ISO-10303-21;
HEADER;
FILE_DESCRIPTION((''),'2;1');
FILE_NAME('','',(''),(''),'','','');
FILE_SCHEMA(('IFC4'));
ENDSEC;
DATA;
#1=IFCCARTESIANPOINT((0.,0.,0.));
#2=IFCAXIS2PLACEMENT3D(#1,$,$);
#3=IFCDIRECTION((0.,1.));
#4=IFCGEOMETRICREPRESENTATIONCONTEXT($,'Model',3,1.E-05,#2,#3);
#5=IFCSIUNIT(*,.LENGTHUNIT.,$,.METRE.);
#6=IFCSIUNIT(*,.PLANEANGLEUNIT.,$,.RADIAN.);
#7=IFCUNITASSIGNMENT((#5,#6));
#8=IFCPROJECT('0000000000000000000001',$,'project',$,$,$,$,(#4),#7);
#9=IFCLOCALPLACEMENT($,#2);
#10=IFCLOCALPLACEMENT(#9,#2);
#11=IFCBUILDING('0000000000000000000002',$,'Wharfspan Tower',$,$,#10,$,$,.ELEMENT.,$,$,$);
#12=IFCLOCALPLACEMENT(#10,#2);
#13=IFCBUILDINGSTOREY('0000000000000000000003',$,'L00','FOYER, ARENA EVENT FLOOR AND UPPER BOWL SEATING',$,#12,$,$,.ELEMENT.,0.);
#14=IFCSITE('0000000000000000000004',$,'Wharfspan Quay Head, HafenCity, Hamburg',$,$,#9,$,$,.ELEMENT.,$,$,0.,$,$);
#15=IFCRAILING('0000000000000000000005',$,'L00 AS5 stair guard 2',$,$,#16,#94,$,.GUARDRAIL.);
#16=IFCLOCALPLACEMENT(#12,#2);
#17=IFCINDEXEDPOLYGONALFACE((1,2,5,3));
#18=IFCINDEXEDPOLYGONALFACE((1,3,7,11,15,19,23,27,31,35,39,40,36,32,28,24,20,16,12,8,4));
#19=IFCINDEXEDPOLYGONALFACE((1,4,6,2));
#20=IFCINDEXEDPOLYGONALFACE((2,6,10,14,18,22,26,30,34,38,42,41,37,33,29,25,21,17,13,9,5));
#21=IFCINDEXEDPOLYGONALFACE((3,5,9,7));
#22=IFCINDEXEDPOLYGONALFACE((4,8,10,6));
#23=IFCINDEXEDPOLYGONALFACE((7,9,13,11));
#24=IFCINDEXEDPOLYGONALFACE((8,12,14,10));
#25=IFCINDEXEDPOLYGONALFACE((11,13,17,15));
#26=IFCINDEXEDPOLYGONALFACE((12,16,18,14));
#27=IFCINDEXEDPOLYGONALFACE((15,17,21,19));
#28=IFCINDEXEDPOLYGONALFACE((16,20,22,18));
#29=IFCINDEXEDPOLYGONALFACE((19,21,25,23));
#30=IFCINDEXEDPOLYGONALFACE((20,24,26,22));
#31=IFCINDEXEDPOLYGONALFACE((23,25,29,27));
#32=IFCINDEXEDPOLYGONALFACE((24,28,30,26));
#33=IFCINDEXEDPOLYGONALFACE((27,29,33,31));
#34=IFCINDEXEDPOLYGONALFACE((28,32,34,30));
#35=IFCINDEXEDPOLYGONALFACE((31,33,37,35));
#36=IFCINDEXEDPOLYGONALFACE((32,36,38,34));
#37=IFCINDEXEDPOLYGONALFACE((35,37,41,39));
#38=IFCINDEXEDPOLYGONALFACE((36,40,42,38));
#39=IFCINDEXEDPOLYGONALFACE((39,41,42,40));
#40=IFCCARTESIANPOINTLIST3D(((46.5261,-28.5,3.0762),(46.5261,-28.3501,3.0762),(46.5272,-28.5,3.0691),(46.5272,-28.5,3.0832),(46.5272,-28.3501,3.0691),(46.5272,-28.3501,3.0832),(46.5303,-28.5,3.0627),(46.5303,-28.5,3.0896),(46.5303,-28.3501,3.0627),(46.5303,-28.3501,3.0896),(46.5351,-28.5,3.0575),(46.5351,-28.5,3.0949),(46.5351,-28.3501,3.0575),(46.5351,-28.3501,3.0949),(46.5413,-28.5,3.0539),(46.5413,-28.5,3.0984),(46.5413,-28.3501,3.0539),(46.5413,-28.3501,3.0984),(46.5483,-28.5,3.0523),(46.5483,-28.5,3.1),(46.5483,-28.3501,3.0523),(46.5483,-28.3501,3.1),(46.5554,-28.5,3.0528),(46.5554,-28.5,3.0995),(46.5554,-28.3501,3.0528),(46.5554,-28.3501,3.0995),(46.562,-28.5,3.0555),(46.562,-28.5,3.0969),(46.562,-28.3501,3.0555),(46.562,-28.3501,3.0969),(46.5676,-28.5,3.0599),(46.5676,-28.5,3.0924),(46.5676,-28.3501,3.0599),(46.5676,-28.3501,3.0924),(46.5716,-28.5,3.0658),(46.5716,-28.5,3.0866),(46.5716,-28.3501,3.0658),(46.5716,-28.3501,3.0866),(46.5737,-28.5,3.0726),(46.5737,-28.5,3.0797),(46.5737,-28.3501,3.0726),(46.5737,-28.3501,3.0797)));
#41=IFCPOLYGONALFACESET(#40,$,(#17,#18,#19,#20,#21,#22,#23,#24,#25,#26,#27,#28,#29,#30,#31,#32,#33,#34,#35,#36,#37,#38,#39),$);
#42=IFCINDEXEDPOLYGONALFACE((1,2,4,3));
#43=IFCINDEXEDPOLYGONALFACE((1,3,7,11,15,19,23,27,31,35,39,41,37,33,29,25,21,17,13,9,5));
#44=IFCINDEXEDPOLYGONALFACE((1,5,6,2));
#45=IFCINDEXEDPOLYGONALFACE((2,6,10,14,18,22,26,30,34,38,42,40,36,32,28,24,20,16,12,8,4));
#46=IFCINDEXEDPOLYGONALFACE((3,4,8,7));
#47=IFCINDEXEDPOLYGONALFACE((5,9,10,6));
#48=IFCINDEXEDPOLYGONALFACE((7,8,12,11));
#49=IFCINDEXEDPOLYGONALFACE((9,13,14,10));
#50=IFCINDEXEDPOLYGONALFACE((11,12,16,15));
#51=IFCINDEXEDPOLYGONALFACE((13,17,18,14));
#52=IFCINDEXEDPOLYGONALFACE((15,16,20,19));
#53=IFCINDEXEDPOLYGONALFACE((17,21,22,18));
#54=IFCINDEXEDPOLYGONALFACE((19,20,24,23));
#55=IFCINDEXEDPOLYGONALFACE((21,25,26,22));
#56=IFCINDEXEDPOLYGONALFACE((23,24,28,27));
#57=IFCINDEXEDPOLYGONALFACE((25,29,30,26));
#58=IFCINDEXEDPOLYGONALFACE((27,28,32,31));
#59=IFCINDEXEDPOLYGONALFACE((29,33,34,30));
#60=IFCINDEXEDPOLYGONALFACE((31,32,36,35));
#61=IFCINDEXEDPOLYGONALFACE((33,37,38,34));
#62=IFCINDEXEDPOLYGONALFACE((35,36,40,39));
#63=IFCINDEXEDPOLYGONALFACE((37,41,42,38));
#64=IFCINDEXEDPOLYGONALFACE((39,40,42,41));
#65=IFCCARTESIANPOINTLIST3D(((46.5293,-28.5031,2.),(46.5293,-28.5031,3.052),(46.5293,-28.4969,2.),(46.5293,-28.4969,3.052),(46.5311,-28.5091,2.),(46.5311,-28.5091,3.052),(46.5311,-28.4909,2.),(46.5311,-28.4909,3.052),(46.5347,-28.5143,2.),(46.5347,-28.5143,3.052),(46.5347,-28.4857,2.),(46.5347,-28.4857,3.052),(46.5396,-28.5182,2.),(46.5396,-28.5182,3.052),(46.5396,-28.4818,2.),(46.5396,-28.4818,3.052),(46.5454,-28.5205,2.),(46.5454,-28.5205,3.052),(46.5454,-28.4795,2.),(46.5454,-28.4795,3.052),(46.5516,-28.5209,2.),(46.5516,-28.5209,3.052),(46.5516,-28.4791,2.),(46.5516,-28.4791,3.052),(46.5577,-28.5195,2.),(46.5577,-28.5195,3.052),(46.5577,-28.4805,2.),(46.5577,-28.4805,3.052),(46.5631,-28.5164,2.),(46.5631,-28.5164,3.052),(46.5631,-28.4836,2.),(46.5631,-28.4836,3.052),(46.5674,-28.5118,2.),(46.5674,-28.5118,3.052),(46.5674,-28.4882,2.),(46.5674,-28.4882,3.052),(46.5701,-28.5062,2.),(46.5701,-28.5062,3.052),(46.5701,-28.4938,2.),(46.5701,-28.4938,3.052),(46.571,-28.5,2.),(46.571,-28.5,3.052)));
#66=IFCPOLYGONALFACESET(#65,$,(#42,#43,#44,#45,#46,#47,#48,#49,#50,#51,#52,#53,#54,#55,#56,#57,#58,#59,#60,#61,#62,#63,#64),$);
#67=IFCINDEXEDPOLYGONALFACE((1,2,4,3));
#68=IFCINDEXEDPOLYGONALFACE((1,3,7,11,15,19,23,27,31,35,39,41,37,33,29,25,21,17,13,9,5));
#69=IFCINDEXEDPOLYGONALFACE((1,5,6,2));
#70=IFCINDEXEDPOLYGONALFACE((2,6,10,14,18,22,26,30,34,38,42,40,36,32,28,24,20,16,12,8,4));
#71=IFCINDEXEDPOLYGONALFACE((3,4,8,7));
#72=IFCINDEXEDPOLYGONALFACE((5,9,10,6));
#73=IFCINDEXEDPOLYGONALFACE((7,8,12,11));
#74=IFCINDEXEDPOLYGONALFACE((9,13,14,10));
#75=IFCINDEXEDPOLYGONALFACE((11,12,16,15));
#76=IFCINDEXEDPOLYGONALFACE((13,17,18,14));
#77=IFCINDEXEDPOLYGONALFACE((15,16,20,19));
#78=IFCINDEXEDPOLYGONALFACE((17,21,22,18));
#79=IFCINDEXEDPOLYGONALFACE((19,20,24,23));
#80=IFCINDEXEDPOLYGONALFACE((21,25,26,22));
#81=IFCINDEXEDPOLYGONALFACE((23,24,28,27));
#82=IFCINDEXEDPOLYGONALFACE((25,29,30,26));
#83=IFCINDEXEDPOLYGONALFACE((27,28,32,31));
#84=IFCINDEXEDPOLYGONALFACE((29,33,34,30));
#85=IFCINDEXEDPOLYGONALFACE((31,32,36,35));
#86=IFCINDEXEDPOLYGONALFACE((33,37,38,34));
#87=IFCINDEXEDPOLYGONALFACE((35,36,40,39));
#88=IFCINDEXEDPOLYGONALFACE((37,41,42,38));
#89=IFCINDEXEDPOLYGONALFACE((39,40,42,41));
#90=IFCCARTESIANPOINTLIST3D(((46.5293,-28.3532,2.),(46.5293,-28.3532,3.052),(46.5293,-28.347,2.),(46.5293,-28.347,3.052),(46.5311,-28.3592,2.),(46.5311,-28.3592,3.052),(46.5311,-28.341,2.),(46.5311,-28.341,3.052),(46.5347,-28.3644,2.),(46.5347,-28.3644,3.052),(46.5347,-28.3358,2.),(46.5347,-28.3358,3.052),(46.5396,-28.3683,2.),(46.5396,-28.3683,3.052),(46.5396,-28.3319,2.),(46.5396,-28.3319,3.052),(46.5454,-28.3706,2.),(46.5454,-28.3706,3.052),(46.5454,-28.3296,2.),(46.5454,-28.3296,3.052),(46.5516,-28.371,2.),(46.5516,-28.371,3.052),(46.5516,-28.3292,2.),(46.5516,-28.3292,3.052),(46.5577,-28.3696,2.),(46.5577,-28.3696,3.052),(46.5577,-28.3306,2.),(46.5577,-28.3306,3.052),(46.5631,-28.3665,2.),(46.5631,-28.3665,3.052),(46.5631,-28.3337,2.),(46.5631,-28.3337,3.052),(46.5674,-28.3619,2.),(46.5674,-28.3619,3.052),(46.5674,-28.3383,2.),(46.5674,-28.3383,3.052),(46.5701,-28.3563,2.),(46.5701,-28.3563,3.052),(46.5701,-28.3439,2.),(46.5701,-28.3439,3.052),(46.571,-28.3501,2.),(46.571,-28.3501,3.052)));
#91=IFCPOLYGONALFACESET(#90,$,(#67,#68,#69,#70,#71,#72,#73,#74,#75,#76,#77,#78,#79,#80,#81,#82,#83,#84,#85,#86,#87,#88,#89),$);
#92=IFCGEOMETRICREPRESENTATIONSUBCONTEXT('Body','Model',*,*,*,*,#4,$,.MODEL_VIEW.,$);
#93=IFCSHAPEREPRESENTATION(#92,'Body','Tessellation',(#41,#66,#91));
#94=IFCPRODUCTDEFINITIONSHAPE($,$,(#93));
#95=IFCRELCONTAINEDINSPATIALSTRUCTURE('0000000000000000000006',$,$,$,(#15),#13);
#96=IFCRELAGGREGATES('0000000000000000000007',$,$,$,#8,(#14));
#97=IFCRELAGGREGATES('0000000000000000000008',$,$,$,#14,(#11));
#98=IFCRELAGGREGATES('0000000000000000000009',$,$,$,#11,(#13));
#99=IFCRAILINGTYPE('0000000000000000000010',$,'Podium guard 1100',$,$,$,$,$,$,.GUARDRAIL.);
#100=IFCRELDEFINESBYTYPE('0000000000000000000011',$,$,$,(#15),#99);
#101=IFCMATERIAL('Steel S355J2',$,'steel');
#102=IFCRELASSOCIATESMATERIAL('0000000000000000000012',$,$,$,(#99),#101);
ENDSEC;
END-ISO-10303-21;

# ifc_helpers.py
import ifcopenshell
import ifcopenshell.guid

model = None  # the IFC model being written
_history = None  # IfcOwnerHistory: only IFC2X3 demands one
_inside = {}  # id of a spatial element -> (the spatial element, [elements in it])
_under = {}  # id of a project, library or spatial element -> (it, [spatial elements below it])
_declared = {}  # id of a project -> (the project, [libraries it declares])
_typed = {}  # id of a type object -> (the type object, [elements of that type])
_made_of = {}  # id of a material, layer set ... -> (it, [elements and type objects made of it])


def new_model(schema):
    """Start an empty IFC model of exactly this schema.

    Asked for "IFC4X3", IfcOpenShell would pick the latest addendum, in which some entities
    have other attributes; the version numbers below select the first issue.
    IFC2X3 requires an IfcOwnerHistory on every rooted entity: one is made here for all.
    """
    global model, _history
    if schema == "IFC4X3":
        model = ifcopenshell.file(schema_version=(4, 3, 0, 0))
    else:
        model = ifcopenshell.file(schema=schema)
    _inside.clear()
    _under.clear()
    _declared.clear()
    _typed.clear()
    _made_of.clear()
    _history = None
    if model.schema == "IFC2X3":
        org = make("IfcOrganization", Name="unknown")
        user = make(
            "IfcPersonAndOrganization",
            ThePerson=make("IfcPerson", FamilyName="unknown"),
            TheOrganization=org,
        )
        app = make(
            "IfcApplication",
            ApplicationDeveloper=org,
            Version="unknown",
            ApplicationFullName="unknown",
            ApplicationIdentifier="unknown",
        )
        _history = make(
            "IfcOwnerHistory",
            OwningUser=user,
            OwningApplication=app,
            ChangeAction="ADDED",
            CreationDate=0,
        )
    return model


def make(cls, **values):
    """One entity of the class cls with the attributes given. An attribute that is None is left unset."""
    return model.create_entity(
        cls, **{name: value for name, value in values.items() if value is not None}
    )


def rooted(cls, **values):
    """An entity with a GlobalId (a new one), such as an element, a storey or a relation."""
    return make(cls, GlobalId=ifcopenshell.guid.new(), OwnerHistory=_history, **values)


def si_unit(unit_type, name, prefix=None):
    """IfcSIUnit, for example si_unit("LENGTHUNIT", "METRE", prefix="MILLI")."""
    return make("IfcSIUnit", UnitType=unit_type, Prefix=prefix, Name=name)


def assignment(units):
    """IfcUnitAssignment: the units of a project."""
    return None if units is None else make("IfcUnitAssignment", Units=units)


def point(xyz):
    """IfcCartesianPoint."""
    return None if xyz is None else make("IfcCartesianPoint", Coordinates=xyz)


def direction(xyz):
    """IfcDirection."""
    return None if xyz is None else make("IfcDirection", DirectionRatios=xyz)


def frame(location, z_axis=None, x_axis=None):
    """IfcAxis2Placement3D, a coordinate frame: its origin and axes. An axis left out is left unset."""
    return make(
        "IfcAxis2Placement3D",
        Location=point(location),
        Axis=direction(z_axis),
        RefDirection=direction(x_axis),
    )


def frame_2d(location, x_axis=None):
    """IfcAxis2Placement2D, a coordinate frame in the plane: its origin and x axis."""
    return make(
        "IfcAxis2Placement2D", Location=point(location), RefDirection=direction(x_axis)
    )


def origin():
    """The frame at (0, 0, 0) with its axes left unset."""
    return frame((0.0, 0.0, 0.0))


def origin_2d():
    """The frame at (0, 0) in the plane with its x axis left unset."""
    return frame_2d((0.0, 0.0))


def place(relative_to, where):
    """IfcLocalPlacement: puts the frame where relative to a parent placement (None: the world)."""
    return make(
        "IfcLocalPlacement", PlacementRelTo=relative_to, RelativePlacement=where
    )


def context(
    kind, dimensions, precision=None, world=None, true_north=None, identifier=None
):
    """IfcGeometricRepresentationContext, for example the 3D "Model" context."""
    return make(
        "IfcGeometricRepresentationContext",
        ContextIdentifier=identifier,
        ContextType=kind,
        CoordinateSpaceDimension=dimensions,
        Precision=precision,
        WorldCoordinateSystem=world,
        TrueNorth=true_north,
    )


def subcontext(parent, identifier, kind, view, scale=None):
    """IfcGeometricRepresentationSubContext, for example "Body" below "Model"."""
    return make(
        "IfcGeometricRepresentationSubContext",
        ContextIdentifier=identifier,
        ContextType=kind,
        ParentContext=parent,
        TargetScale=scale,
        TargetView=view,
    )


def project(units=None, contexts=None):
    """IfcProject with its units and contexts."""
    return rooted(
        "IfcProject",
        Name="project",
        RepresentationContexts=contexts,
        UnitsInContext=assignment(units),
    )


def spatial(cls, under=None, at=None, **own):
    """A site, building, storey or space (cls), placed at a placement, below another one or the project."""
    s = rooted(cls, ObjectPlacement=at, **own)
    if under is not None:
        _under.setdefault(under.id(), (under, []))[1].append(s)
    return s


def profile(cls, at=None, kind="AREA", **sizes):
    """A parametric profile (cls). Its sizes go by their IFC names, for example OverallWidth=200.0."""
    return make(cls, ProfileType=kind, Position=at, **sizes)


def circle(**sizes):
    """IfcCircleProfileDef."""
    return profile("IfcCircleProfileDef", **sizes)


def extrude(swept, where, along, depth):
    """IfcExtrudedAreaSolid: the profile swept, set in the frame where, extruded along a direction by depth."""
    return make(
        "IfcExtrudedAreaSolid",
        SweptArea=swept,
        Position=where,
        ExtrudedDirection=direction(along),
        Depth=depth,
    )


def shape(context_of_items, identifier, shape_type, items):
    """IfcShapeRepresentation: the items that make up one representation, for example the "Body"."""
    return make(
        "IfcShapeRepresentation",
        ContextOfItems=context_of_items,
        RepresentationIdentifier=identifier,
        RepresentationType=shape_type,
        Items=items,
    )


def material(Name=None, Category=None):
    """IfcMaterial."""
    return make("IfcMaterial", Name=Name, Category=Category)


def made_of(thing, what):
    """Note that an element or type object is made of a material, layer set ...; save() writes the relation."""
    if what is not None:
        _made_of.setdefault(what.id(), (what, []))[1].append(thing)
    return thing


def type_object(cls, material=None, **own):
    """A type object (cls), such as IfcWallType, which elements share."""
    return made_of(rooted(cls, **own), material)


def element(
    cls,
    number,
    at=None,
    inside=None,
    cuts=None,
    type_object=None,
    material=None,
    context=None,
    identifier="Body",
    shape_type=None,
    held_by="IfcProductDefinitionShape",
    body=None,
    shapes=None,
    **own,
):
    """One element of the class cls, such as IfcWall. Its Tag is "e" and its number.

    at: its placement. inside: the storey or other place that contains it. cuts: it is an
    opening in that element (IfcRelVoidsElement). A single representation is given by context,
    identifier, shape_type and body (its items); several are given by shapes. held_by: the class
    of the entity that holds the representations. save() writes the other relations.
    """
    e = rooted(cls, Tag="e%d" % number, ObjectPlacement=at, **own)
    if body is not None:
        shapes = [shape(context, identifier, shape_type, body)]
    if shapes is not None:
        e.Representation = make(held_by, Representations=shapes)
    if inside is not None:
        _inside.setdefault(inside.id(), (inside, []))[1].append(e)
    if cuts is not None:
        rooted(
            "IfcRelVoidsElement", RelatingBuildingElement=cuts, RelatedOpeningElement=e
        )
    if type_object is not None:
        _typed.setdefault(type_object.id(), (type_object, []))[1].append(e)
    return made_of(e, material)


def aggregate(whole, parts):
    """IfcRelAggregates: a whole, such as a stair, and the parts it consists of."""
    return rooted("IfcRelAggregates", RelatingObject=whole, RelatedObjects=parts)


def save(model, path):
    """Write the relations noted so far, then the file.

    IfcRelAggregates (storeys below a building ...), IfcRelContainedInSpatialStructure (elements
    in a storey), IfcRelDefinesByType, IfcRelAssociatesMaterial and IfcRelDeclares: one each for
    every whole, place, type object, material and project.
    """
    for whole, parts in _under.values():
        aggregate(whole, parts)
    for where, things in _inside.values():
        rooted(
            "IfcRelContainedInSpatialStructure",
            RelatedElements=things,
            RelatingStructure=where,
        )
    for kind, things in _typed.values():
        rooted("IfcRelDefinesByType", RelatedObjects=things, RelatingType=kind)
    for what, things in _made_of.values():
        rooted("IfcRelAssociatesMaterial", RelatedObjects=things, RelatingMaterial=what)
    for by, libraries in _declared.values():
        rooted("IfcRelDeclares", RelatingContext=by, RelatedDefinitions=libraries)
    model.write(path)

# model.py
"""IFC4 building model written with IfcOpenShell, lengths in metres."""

from ifc_helpers import new_model, si_unit, direction, frame, origin, origin_2d, place, context, subcontext, project, spatial, circle, extrude, material, type_object, element, save


model = new_model("IFC4")

# Units and contexts
model_context = context("Model", 3, precision=1e-05, world=origin(), true_north=direction((0.0, 1.0)))
body_context = subcontext(model_context, "Body", "Model", "MODEL_VIEW")
ifc_project = project(units=[si_unit("LENGTHUNIT", "METRE"), si_unit("PLANEANGLEUNIT", "RADIAN")], contexts=[model_context])

# Site, building, storey
site_placement = place(None, origin())
site = spatial("IfcSite", under=ifc_project, at=site_placement, Name="Wharfspan Quay Head, HafenCity, Hamburg", CompositionType="ELEMENT", RefElevation=0.0)
building_placement = place(site_placement, origin())
building = spatial("IfcBuilding", under=site, at=building_placement, Name="Wharfspan Tower", CompositionType="ELEMENT")
storey_placement = place(building_placement, origin())
storey = spatial("IfcBuildingStorey", under=building, at=storey_placement, Name="L00", Description="FOYER, ARENA EVENT FLOOR AND UPPER BOWL SEATING", CompositionType="ELEMENT", Elevation=0.0)

# Railing
ifc_material_1 = material(Name="Steel S355J2", Category="steel")
railing_type_1 = type_object("IfcRailingType", Name="Podium guard 1100", PredefinedType="GUARDRAIL", material=ifc_material_1)
railing_1_placement = place(storey_placement, frame((46.55, -28.5, 2.0)))
element("IfcRailing", 1, at=railing_1_placement, inside=storey, type_object=railing_type_1, Name="L00 AS5 stair guard 2", PredefinedType="GUARDRAIL", context=body_context, shape_type="SweptSolid", body=[
    extrude(circle(Radius=0.0239, at=origin_2d()), frame((0.0, 0.0, 1.0762), z_axis=(0.0, 1.0, 0.0), x_axis=(-1.0, 0.0, 0.0)), (0.0, 0.0, 1.0), 0.1499),
    extrude(circle(Radius=0.021, at=origin_2d()), origin(), (0.0, 0.0, 1.0), 1.052),
    extrude(circle(Radius=0.021, at=origin_2d()), frame((0.0, 0.1499, 0.0)), (0.0, 0.0, 1.0), 1.052),
])

save(model, "model.ifc")
